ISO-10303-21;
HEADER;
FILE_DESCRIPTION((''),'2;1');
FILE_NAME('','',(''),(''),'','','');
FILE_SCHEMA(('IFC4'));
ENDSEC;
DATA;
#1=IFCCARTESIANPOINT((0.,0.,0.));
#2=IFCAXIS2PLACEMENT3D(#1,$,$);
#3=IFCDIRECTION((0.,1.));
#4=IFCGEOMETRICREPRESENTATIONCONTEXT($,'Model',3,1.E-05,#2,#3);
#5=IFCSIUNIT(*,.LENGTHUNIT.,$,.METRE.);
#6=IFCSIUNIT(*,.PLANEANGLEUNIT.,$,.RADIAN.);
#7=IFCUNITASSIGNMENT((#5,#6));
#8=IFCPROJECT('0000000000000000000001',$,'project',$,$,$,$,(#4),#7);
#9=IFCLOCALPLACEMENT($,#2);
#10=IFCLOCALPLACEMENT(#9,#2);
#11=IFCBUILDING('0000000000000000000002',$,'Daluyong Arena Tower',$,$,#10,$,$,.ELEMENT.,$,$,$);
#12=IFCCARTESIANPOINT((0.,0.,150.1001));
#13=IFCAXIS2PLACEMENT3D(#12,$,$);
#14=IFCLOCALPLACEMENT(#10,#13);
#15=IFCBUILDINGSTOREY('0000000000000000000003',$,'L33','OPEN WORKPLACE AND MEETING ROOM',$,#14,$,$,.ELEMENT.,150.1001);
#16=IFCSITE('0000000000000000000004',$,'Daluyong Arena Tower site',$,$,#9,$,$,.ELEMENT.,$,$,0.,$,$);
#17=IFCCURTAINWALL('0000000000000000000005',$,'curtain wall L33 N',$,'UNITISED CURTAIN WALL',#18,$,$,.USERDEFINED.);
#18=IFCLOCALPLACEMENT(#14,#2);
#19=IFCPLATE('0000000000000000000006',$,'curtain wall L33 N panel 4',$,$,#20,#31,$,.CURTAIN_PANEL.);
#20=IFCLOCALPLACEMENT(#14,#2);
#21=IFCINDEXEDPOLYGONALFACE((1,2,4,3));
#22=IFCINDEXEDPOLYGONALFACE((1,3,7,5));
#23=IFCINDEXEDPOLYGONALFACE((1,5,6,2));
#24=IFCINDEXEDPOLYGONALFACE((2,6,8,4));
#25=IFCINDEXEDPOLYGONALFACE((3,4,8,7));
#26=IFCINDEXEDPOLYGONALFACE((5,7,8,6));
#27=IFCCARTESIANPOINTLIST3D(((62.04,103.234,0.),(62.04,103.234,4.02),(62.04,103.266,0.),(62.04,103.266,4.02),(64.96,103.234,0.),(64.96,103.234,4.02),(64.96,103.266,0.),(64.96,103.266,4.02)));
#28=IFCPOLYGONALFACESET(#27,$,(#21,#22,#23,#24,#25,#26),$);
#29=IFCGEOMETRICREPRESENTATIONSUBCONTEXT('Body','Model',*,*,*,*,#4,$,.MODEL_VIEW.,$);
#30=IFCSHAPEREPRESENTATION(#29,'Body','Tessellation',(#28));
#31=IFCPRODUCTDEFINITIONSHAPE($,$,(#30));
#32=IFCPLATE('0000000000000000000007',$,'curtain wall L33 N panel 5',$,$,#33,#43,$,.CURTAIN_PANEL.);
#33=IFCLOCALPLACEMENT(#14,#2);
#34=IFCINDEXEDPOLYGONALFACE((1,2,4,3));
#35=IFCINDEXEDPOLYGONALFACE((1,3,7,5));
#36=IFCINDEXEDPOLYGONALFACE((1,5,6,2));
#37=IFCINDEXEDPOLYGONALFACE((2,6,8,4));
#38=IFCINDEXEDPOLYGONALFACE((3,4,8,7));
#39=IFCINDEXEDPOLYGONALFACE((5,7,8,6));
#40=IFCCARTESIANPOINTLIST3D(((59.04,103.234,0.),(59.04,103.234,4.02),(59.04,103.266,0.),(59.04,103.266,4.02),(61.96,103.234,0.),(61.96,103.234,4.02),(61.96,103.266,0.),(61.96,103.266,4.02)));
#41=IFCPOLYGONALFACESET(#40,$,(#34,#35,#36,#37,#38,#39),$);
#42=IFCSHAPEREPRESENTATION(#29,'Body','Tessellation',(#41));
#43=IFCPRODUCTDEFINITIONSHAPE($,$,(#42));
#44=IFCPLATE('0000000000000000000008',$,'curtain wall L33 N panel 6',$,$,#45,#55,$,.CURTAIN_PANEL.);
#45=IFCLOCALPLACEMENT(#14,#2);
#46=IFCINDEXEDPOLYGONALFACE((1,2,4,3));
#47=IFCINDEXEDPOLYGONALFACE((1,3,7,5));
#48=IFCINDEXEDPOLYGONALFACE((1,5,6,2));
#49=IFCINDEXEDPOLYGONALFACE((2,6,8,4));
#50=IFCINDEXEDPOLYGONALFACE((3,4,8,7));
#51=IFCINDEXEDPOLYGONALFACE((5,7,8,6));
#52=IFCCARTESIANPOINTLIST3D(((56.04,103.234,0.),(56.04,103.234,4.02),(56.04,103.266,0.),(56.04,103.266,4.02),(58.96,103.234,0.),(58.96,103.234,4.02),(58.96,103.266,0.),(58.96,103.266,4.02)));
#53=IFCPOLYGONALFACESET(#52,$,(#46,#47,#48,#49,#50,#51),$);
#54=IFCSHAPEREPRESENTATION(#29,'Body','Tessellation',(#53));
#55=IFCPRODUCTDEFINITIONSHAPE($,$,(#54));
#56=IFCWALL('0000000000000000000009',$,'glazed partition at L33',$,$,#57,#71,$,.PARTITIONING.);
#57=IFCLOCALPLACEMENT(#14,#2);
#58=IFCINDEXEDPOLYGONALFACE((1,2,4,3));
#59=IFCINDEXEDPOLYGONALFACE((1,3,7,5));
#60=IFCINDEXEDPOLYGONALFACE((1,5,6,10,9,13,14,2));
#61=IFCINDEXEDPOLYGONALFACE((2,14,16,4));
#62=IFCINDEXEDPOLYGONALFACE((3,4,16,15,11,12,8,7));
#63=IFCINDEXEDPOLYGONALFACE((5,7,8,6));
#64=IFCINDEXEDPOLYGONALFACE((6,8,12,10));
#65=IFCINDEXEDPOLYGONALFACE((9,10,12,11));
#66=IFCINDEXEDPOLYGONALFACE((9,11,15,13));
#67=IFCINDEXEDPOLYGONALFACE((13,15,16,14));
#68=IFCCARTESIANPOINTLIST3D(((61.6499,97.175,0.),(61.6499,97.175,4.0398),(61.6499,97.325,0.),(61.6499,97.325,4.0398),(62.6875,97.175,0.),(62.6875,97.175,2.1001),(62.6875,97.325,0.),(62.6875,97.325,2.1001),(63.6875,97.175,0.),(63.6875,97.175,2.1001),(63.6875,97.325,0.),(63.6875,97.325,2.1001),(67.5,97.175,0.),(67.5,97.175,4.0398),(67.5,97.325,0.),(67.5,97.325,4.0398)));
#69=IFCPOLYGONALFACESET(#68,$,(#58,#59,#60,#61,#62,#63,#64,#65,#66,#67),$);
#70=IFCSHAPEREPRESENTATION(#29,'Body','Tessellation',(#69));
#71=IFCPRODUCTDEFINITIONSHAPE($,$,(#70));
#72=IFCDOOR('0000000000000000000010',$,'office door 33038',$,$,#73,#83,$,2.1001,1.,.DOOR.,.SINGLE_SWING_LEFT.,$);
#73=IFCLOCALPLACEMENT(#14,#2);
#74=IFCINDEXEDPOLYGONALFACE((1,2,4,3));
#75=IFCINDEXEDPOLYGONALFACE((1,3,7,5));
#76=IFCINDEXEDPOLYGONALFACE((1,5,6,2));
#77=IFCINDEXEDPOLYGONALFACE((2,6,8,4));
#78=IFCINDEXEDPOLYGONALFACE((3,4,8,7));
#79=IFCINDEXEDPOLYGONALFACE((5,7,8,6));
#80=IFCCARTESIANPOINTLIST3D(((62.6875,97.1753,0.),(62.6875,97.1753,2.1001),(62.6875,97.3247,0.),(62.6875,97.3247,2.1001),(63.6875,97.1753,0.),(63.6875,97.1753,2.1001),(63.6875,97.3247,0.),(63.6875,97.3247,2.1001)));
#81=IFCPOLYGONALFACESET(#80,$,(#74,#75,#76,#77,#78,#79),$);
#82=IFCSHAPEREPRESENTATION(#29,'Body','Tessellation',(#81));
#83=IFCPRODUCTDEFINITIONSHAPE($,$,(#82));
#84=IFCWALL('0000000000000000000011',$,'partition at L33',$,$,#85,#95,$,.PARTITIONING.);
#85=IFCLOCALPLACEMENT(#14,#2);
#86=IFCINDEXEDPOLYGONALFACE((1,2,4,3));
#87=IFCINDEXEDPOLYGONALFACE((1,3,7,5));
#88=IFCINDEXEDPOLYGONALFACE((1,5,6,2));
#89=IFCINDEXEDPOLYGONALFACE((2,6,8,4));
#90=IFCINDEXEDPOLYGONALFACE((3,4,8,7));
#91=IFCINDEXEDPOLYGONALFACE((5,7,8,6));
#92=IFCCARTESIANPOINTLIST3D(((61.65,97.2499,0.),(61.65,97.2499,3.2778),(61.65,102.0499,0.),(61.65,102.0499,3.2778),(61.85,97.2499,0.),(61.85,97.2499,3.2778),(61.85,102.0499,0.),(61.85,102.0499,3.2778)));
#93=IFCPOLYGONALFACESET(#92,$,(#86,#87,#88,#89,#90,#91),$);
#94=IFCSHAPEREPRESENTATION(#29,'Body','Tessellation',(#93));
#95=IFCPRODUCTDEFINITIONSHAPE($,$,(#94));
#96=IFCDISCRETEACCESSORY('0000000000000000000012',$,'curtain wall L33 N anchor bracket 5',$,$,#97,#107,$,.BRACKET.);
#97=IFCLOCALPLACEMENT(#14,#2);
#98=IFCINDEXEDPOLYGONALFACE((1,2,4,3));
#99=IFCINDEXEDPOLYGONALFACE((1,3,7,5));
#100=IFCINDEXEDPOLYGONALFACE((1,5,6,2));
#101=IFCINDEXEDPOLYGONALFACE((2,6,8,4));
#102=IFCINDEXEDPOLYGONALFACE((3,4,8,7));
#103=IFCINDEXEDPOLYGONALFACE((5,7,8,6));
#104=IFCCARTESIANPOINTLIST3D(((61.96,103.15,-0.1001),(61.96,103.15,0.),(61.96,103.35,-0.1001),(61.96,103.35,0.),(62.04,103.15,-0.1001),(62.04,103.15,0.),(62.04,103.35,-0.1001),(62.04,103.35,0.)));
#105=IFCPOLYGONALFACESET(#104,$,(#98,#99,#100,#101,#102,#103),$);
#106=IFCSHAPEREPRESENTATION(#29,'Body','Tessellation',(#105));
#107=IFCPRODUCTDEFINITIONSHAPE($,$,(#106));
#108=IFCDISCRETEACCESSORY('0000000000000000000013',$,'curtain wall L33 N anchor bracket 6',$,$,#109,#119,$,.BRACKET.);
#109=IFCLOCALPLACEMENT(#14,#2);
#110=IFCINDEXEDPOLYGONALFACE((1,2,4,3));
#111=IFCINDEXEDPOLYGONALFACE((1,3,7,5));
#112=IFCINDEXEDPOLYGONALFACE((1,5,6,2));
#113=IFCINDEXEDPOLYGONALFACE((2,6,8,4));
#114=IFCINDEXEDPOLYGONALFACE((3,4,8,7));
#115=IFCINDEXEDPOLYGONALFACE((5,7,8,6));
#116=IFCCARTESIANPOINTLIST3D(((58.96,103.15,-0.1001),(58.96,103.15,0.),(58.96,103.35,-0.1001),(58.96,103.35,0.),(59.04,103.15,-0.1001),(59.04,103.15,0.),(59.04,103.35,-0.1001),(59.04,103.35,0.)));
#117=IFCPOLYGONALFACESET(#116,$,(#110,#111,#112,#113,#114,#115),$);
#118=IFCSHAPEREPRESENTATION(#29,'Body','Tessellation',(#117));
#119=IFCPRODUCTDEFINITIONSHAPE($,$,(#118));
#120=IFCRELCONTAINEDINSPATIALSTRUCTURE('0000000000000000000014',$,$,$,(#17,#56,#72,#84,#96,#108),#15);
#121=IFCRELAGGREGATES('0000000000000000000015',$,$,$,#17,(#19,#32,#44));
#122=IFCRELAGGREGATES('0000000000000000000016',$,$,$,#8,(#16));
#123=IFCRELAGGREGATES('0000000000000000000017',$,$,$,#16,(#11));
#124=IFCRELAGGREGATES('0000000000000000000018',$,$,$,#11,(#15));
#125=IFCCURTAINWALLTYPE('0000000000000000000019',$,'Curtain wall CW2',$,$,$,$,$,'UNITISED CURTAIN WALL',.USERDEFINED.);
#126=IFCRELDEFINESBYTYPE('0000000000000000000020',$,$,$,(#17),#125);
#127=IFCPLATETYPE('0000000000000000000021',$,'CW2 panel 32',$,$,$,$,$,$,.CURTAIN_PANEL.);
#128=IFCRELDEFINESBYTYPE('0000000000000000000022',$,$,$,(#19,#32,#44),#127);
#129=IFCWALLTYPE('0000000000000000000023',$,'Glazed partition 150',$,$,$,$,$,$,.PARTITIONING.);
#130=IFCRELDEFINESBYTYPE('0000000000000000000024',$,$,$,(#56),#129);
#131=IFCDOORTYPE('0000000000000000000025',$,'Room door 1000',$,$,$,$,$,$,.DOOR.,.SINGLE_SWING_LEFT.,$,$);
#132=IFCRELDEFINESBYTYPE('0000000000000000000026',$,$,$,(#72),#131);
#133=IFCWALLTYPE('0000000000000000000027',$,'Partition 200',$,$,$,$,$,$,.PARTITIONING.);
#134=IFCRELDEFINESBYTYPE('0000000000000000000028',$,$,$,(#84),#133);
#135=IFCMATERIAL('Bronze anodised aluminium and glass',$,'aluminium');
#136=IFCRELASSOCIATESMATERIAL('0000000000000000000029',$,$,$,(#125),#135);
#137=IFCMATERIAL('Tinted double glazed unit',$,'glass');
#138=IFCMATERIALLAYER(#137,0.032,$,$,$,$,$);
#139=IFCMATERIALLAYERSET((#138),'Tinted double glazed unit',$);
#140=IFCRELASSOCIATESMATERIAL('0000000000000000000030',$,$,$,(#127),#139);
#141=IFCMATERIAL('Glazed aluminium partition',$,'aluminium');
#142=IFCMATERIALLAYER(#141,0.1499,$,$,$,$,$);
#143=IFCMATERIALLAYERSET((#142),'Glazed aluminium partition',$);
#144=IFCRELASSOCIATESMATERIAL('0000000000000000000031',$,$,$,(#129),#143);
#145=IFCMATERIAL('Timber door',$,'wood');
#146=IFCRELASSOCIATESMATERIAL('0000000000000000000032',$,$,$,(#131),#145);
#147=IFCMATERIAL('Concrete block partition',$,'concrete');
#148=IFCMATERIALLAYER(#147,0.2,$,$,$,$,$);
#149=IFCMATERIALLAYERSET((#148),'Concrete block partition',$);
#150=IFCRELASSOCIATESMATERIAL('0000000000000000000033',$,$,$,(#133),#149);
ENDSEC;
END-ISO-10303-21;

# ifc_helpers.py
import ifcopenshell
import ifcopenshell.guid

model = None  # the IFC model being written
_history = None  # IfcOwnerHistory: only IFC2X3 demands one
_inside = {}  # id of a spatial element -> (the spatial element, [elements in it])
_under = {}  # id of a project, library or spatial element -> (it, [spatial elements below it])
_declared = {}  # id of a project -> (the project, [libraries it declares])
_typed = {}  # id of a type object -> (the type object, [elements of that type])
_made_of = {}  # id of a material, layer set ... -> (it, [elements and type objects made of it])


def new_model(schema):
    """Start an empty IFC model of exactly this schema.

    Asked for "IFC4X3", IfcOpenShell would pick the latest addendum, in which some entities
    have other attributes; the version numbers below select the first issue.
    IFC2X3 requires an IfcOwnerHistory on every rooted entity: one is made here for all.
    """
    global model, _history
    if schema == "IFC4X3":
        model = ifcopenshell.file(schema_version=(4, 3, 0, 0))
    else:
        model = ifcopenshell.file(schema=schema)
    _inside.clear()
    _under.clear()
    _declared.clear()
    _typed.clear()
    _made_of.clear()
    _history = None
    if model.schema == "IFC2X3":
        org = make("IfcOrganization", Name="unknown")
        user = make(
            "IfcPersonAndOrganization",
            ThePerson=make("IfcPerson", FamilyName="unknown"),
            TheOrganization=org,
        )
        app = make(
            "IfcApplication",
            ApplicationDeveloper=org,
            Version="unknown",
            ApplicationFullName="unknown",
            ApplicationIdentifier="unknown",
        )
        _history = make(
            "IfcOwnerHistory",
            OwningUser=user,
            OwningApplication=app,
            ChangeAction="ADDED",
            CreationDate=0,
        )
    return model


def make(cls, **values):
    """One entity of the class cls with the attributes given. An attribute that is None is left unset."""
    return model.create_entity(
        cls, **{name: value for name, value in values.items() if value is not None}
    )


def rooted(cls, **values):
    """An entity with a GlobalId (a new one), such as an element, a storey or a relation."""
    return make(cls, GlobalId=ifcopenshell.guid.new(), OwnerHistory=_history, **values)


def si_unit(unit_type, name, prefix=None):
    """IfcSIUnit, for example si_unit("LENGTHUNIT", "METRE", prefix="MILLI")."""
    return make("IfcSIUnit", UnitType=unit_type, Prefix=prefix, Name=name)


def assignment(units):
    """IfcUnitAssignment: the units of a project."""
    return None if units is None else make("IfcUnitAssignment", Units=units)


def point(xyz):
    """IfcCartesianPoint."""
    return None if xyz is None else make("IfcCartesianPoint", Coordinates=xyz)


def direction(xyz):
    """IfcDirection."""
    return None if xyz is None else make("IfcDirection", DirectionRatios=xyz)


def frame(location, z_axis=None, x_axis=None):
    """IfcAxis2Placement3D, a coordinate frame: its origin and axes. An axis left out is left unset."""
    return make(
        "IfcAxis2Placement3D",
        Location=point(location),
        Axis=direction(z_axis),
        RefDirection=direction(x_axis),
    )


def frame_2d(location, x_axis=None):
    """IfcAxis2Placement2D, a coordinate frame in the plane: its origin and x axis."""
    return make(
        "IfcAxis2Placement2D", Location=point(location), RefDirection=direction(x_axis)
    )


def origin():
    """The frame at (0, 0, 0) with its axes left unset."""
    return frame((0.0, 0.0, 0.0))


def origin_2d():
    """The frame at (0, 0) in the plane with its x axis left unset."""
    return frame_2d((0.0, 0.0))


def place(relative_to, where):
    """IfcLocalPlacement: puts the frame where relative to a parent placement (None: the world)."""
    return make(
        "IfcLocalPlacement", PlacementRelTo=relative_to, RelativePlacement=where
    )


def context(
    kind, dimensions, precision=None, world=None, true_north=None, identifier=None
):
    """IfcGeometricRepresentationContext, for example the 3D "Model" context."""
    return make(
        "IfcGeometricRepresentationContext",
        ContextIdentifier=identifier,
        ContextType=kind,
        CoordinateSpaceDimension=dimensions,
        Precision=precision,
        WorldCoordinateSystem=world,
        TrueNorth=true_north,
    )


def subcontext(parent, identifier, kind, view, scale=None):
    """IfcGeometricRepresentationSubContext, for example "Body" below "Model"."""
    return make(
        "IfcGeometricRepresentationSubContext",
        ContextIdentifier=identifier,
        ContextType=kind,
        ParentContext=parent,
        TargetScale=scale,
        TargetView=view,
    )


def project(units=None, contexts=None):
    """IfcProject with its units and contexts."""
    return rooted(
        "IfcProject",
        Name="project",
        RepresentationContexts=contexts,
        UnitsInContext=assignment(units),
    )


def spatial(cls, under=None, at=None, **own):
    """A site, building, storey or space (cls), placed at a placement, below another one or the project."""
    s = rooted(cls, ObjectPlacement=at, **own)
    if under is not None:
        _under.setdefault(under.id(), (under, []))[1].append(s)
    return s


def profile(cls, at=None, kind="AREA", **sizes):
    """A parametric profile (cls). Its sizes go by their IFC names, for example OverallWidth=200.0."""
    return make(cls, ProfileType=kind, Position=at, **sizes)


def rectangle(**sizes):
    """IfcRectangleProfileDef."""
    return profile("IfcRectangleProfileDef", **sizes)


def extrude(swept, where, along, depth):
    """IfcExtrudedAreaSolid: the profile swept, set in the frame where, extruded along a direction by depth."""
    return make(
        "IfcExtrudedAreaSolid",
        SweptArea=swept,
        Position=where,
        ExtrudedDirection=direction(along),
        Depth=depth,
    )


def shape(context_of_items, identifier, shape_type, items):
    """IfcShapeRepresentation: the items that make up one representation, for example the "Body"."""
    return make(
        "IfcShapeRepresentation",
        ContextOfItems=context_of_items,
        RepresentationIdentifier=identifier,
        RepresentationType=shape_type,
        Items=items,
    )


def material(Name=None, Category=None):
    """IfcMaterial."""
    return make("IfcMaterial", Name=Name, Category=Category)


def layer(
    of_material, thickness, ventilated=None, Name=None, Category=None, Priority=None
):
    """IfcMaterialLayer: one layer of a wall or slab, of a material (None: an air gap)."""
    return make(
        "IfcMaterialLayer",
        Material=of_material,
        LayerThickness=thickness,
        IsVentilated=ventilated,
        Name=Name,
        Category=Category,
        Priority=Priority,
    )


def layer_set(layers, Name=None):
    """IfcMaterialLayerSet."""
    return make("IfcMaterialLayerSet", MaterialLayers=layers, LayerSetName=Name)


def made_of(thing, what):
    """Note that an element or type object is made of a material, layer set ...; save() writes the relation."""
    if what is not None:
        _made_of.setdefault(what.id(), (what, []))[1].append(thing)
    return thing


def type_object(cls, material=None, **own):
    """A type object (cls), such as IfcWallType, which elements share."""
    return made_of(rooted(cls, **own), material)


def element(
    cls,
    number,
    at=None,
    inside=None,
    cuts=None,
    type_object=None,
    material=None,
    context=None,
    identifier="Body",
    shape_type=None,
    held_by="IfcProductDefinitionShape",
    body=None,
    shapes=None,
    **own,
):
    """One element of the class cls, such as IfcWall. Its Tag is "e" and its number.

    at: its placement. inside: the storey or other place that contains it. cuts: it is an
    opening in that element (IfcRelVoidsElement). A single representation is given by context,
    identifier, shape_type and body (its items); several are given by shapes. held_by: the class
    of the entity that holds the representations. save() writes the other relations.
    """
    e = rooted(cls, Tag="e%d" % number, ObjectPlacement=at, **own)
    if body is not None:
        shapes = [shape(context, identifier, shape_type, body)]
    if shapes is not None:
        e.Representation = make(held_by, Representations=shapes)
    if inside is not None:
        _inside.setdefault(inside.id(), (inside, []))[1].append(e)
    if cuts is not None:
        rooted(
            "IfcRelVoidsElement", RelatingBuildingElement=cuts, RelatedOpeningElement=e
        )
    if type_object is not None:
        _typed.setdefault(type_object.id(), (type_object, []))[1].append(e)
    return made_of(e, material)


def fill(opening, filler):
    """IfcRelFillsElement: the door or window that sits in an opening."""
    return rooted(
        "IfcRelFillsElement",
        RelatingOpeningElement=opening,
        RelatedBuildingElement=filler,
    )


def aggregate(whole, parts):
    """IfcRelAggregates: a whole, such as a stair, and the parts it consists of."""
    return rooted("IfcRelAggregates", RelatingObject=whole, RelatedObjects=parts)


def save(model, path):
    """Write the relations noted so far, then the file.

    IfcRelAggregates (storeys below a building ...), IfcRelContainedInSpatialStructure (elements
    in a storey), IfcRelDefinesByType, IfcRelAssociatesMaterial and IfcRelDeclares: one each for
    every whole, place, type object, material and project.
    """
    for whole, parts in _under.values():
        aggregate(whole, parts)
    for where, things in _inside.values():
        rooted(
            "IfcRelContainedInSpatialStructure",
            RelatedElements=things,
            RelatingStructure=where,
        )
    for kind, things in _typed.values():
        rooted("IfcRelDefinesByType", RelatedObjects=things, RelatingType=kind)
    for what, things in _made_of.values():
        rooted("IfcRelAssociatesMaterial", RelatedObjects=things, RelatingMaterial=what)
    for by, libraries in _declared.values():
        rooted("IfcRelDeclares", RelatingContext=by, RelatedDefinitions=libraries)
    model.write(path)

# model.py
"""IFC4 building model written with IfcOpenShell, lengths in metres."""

from ifc_helpers import new_model, si_unit, direction, frame, frame_2d, origin, origin_2d, place, context, subcontext, project, spatial, rectangle, extrude, material, layer, layer_set, type_object, element, fill, aggregate, save


model = new_model("IFC4")

# Units and contexts
model_context = context("Model", 3, precision=1e-05, world=origin(), true_north=direction((0.0, 1.0)))
body_context = subcontext(model_context, "Body", "Model", "MODEL_VIEW")
ifc_project = project(units=[si_unit("LENGTHUNIT", "METRE"), si_unit("PLANEANGLEUNIT", "RADIAN")], contexts=[model_context])

# Site, building, storey
site_placement = place(None, origin())
site = spatial("IfcSite", under=ifc_project, at=site_placement, Name="Daluyong Arena Tower site", CompositionType="ELEMENT", RefElevation=0.0)
building_placement = place(site_placement, origin())
building = spatial("IfcBuilding", under=site, at=building_placement, Name="Daluyong Arena Tower", CompositionType="ELEMENT")
storey_placement = place(building_placement, frame((0.0, 0.0, 150.1001)))
storey = spatial("IfcBuildingStorey", under=building, at=storey_placement, Name="L33", Description="OPEN WORKPLACE AND MEETING ROOM", CompositionType="ELEMENT", Elevation=150.1001)

# Curtain wall
ifc_material_1 = material(Name="Bronze anodised aluminium and glass", Category="aluminium")
curtain_wall_type = type_object("IfcCurtainWallType", Name="Curtain wall CW2", ElementType="UNITISED CURTAIN WALL", PredefinedType="USERDEFINED", material=ifc_material_1)
curtain_wall_placement = place(storey_placement, origin())
curtain_wall = element("IfcCurtainWall", 1, at=curtain_wall_placement, inside=storey, type_object=curtain_wall_type, Name="curtain wall L33 N", ObjectType="UNITISED CURTAIN WALL", PredefinedType="USERDEFINED")

# Plates
ifc_material_2 = material(Name="Tinted double glazed unit", Category="glass")
ifc_layer_1 = layer(ifc_material_2, 0.032)
ifc_layer_set_1 = layer_set([ifc_layer_1], Name="Tinted double glazed unit")
plate_type = type_object("IfcPlateType", Name="CW2 panel 32", PredefinedType="CURTAIN_PANEL", material=ifc_layer_set_1)
plate_1_placement = place(storey_placement, frame((63.5, 103.25, 0.0), z_axis=(0.0, 0.0, 1.0), x_axis=(-1.0, 0.0, 0.0)))
plate_1 = element("IfcPlate", 2, at=plate_1_placement, type_object=plate_type, Name="curtain wall L33 N panel 4", PredefinedType="CURTAIN_PANEL", context=body_context, shape_type="SweptSolid", body=[
    extrude(rectangle(XDim=2.9199, YDim=0.032, at=origin_2d()), origin(), (0.0, 0.0, 1.0), 4.02),
])
plate_2_placement = place(storey_placement, frame((60.5, 103.25, 0.0), z_axis=(0.0, 0.0, 1.0), x_axis=(-1.0, 0.0, 0.0)))
plate_2 = element("IfcPlate", 3, at=plate_2_placement, type_object=plate_type, Name="curtain wall L33 N panel 5", PredefinedType="CURTAIN_PANEL", context=body_context, shape_type="SweptSolid", body=[
    extrude(rectangle(XDim=2.9199, YDim=0.032, at=origin_2d()), origin(), (0.0, 0.0, 1.0), 4.02),
])
plate_3_placement = place(storey_placement, frame((57.5, 103.25, 0.0), z_axis=(0.0, 0.0, 1.0), x_axis=(-1.0, 0.0, 0.0)))
plate_3 = element("IfcPlate", 4, at=plate_3_placement, type_object=plate_type, Name="curtain wall L33 N panel 6", PredefinedType="CURTAIN_PANEL", context=body_context, shape_type="SweptSolid", body=[
    extrude(rectangle(XDim=2.9199, YDim=0.032, at=origin_2d()), origin(), (0.0, 0.0, 1.0), 4.02),
])
aggregate(curtain_wall, [plate_1, plate_2, plate_3])

# Wall, opening, door
ifc_material_3 = material(Name="Glazed aluminium partition", Category="aluminium")
ifc_layer_2 = layer(ifc_material_3, 0.1499)
ifc_layer_set_2 = layer_set([ifc_layer_2], Name="Glazed aluminium partition")
wall_type_1 = type_object("IfcWallType", Name="Glazed partition 150", PredefinedType="PARTITIONING", material=ifc_layer_set_2)
wall_1_placement = place(storey_placement, frame((61.6499, 97.25, 0.0), z_axis=(0.0, 0.0, 1.0), x_axis=(1.0, 0.0, 0.0)))
wall_1 = element("IfcWall", 5, at=wall_1_placement, inside=storey, type_object=wall_type_1, Name="glazed partition at L33", PredefinedType="PARTITIONING", context=body_context, shape_type="SweptSolid", body=[
    extrude(rectangle(XDim=5.8501, YDim=0.1499, at=frame_2d((2.925, 0.0))), origin(), (0.0, 0.0, 1.0), 4.0398),
])
opening_placement = place(wall_1_placement, frame((1.0376, 0.0, 0.0)))
opening = element("IfcOpeningElement", 6, at=opening_placement, cuts=wall_1, PredefinedType="OPENING", context=body_context, shape_type="SweptSolid", body=[
    extrude(rectangle(XDim=1.0, YDim=2.1001, at=frame_2d((0.5, 1.05))), frame((0.0, 0.085, 0.0), z_axis=(0.0, -1.0, 0.0), x_axis=(1.0, 0.0, 0.0)), (0.0, 0.0, 1.0), 0.1699),
])
ifc_material_4 = material(Name="Timber door", Category="wood")
door_type = type_object("IfcDoorType", Name="Room door 1000", OperationType="SINGLE_SWING_LEFT", PredefinedType="DOOR", material=ifc_material_4)
door_placement = place(opening_placement, origin())
door = element("IfcDoor", 7, at=door_placement, inside=storey, type_object=door_type, Name="office door 33038", OperationType="SINGLE_SWING_LEFT", OverallHeight=2.1001, OverallWidth=1.0, PredefinedType="DOOR", context=body_context, shape_type="SweptSolid", body=[
    extrude(rectangle(XDim=1.0, YDim=2.1001, at=frame_2d((0.5, 1.05))), frame((0.0, 0.0747, 0.0), z_axis=(0.0, -1.0, 0.0), x_axis=(1.0, 0.0, 0.0)), (0.0, 0.0, 1.0), 0.1494),
])
fill(opening, door)

# Wall
ifc_material_5 = material(Name="Concrete block partition", Category="concrete")
ifc_layer_3 = layer(ifc_material_5, 0.2)
ifc_layer_set_3 = layer_set([ifc_layer_3], Name="Concrete block partition")
wall_type_2 = type_object("IfcWallType", Name="Partition 200", PredefinedType="PARTITIONING", material=ifc_layer_set_3)
wall_2_placement = place(storey_placement, frame((61.75, 97.25, 0.0), z_axis=(0.0, 0.0, 1.0), x_axis=(0.0, 1.0, 0.0)))
element("IfcWall", 8, at=wall_2_placement, inside=storey, type_object=wall_type_2, Name="partition at L33", PredefinedType="PARTITIONING", context=body_context, shape_type="SweptSolid", body=[
    extrude(rectangle(XDim=4.8, YDim=0.2, at=frame_2d((2.3999, 0.0))), origin(), (0.0, 0.0, 1.0), 3.2778),
])

# Discrete accessories
for number, where, z_axis, x_axis, name in (
    (9, (62.0, 103.25, -0.1001), (0.0, 0.0, 1.0), (-1.0, 0.0, 0.0), "curtain wall L33 N anchor bracket 5"),
    (10, (59.0, 103.25, -0.1001), (0.0, 0.0, 1.0), (-1.0, 0.0, 0.0), "curtain wall L33 N anchor bracket 6"),
):
    element("IfcDiscreteAccessory", number, at=place(storey_placement, frame(where, z_axis=z_axis, x_axis=x_axis)), inside=storey, Name=name, PredefinedType="BRACKET", context=body_context, shape_type="SweptSolid", body=[
        extrude(rectangle(XDim=0.0801, YDim=0.2, at=origin_2d()), origin(), (0.0, 0.0, 1.0), 0.1001),
    ])

save(model, "model.ifc")
